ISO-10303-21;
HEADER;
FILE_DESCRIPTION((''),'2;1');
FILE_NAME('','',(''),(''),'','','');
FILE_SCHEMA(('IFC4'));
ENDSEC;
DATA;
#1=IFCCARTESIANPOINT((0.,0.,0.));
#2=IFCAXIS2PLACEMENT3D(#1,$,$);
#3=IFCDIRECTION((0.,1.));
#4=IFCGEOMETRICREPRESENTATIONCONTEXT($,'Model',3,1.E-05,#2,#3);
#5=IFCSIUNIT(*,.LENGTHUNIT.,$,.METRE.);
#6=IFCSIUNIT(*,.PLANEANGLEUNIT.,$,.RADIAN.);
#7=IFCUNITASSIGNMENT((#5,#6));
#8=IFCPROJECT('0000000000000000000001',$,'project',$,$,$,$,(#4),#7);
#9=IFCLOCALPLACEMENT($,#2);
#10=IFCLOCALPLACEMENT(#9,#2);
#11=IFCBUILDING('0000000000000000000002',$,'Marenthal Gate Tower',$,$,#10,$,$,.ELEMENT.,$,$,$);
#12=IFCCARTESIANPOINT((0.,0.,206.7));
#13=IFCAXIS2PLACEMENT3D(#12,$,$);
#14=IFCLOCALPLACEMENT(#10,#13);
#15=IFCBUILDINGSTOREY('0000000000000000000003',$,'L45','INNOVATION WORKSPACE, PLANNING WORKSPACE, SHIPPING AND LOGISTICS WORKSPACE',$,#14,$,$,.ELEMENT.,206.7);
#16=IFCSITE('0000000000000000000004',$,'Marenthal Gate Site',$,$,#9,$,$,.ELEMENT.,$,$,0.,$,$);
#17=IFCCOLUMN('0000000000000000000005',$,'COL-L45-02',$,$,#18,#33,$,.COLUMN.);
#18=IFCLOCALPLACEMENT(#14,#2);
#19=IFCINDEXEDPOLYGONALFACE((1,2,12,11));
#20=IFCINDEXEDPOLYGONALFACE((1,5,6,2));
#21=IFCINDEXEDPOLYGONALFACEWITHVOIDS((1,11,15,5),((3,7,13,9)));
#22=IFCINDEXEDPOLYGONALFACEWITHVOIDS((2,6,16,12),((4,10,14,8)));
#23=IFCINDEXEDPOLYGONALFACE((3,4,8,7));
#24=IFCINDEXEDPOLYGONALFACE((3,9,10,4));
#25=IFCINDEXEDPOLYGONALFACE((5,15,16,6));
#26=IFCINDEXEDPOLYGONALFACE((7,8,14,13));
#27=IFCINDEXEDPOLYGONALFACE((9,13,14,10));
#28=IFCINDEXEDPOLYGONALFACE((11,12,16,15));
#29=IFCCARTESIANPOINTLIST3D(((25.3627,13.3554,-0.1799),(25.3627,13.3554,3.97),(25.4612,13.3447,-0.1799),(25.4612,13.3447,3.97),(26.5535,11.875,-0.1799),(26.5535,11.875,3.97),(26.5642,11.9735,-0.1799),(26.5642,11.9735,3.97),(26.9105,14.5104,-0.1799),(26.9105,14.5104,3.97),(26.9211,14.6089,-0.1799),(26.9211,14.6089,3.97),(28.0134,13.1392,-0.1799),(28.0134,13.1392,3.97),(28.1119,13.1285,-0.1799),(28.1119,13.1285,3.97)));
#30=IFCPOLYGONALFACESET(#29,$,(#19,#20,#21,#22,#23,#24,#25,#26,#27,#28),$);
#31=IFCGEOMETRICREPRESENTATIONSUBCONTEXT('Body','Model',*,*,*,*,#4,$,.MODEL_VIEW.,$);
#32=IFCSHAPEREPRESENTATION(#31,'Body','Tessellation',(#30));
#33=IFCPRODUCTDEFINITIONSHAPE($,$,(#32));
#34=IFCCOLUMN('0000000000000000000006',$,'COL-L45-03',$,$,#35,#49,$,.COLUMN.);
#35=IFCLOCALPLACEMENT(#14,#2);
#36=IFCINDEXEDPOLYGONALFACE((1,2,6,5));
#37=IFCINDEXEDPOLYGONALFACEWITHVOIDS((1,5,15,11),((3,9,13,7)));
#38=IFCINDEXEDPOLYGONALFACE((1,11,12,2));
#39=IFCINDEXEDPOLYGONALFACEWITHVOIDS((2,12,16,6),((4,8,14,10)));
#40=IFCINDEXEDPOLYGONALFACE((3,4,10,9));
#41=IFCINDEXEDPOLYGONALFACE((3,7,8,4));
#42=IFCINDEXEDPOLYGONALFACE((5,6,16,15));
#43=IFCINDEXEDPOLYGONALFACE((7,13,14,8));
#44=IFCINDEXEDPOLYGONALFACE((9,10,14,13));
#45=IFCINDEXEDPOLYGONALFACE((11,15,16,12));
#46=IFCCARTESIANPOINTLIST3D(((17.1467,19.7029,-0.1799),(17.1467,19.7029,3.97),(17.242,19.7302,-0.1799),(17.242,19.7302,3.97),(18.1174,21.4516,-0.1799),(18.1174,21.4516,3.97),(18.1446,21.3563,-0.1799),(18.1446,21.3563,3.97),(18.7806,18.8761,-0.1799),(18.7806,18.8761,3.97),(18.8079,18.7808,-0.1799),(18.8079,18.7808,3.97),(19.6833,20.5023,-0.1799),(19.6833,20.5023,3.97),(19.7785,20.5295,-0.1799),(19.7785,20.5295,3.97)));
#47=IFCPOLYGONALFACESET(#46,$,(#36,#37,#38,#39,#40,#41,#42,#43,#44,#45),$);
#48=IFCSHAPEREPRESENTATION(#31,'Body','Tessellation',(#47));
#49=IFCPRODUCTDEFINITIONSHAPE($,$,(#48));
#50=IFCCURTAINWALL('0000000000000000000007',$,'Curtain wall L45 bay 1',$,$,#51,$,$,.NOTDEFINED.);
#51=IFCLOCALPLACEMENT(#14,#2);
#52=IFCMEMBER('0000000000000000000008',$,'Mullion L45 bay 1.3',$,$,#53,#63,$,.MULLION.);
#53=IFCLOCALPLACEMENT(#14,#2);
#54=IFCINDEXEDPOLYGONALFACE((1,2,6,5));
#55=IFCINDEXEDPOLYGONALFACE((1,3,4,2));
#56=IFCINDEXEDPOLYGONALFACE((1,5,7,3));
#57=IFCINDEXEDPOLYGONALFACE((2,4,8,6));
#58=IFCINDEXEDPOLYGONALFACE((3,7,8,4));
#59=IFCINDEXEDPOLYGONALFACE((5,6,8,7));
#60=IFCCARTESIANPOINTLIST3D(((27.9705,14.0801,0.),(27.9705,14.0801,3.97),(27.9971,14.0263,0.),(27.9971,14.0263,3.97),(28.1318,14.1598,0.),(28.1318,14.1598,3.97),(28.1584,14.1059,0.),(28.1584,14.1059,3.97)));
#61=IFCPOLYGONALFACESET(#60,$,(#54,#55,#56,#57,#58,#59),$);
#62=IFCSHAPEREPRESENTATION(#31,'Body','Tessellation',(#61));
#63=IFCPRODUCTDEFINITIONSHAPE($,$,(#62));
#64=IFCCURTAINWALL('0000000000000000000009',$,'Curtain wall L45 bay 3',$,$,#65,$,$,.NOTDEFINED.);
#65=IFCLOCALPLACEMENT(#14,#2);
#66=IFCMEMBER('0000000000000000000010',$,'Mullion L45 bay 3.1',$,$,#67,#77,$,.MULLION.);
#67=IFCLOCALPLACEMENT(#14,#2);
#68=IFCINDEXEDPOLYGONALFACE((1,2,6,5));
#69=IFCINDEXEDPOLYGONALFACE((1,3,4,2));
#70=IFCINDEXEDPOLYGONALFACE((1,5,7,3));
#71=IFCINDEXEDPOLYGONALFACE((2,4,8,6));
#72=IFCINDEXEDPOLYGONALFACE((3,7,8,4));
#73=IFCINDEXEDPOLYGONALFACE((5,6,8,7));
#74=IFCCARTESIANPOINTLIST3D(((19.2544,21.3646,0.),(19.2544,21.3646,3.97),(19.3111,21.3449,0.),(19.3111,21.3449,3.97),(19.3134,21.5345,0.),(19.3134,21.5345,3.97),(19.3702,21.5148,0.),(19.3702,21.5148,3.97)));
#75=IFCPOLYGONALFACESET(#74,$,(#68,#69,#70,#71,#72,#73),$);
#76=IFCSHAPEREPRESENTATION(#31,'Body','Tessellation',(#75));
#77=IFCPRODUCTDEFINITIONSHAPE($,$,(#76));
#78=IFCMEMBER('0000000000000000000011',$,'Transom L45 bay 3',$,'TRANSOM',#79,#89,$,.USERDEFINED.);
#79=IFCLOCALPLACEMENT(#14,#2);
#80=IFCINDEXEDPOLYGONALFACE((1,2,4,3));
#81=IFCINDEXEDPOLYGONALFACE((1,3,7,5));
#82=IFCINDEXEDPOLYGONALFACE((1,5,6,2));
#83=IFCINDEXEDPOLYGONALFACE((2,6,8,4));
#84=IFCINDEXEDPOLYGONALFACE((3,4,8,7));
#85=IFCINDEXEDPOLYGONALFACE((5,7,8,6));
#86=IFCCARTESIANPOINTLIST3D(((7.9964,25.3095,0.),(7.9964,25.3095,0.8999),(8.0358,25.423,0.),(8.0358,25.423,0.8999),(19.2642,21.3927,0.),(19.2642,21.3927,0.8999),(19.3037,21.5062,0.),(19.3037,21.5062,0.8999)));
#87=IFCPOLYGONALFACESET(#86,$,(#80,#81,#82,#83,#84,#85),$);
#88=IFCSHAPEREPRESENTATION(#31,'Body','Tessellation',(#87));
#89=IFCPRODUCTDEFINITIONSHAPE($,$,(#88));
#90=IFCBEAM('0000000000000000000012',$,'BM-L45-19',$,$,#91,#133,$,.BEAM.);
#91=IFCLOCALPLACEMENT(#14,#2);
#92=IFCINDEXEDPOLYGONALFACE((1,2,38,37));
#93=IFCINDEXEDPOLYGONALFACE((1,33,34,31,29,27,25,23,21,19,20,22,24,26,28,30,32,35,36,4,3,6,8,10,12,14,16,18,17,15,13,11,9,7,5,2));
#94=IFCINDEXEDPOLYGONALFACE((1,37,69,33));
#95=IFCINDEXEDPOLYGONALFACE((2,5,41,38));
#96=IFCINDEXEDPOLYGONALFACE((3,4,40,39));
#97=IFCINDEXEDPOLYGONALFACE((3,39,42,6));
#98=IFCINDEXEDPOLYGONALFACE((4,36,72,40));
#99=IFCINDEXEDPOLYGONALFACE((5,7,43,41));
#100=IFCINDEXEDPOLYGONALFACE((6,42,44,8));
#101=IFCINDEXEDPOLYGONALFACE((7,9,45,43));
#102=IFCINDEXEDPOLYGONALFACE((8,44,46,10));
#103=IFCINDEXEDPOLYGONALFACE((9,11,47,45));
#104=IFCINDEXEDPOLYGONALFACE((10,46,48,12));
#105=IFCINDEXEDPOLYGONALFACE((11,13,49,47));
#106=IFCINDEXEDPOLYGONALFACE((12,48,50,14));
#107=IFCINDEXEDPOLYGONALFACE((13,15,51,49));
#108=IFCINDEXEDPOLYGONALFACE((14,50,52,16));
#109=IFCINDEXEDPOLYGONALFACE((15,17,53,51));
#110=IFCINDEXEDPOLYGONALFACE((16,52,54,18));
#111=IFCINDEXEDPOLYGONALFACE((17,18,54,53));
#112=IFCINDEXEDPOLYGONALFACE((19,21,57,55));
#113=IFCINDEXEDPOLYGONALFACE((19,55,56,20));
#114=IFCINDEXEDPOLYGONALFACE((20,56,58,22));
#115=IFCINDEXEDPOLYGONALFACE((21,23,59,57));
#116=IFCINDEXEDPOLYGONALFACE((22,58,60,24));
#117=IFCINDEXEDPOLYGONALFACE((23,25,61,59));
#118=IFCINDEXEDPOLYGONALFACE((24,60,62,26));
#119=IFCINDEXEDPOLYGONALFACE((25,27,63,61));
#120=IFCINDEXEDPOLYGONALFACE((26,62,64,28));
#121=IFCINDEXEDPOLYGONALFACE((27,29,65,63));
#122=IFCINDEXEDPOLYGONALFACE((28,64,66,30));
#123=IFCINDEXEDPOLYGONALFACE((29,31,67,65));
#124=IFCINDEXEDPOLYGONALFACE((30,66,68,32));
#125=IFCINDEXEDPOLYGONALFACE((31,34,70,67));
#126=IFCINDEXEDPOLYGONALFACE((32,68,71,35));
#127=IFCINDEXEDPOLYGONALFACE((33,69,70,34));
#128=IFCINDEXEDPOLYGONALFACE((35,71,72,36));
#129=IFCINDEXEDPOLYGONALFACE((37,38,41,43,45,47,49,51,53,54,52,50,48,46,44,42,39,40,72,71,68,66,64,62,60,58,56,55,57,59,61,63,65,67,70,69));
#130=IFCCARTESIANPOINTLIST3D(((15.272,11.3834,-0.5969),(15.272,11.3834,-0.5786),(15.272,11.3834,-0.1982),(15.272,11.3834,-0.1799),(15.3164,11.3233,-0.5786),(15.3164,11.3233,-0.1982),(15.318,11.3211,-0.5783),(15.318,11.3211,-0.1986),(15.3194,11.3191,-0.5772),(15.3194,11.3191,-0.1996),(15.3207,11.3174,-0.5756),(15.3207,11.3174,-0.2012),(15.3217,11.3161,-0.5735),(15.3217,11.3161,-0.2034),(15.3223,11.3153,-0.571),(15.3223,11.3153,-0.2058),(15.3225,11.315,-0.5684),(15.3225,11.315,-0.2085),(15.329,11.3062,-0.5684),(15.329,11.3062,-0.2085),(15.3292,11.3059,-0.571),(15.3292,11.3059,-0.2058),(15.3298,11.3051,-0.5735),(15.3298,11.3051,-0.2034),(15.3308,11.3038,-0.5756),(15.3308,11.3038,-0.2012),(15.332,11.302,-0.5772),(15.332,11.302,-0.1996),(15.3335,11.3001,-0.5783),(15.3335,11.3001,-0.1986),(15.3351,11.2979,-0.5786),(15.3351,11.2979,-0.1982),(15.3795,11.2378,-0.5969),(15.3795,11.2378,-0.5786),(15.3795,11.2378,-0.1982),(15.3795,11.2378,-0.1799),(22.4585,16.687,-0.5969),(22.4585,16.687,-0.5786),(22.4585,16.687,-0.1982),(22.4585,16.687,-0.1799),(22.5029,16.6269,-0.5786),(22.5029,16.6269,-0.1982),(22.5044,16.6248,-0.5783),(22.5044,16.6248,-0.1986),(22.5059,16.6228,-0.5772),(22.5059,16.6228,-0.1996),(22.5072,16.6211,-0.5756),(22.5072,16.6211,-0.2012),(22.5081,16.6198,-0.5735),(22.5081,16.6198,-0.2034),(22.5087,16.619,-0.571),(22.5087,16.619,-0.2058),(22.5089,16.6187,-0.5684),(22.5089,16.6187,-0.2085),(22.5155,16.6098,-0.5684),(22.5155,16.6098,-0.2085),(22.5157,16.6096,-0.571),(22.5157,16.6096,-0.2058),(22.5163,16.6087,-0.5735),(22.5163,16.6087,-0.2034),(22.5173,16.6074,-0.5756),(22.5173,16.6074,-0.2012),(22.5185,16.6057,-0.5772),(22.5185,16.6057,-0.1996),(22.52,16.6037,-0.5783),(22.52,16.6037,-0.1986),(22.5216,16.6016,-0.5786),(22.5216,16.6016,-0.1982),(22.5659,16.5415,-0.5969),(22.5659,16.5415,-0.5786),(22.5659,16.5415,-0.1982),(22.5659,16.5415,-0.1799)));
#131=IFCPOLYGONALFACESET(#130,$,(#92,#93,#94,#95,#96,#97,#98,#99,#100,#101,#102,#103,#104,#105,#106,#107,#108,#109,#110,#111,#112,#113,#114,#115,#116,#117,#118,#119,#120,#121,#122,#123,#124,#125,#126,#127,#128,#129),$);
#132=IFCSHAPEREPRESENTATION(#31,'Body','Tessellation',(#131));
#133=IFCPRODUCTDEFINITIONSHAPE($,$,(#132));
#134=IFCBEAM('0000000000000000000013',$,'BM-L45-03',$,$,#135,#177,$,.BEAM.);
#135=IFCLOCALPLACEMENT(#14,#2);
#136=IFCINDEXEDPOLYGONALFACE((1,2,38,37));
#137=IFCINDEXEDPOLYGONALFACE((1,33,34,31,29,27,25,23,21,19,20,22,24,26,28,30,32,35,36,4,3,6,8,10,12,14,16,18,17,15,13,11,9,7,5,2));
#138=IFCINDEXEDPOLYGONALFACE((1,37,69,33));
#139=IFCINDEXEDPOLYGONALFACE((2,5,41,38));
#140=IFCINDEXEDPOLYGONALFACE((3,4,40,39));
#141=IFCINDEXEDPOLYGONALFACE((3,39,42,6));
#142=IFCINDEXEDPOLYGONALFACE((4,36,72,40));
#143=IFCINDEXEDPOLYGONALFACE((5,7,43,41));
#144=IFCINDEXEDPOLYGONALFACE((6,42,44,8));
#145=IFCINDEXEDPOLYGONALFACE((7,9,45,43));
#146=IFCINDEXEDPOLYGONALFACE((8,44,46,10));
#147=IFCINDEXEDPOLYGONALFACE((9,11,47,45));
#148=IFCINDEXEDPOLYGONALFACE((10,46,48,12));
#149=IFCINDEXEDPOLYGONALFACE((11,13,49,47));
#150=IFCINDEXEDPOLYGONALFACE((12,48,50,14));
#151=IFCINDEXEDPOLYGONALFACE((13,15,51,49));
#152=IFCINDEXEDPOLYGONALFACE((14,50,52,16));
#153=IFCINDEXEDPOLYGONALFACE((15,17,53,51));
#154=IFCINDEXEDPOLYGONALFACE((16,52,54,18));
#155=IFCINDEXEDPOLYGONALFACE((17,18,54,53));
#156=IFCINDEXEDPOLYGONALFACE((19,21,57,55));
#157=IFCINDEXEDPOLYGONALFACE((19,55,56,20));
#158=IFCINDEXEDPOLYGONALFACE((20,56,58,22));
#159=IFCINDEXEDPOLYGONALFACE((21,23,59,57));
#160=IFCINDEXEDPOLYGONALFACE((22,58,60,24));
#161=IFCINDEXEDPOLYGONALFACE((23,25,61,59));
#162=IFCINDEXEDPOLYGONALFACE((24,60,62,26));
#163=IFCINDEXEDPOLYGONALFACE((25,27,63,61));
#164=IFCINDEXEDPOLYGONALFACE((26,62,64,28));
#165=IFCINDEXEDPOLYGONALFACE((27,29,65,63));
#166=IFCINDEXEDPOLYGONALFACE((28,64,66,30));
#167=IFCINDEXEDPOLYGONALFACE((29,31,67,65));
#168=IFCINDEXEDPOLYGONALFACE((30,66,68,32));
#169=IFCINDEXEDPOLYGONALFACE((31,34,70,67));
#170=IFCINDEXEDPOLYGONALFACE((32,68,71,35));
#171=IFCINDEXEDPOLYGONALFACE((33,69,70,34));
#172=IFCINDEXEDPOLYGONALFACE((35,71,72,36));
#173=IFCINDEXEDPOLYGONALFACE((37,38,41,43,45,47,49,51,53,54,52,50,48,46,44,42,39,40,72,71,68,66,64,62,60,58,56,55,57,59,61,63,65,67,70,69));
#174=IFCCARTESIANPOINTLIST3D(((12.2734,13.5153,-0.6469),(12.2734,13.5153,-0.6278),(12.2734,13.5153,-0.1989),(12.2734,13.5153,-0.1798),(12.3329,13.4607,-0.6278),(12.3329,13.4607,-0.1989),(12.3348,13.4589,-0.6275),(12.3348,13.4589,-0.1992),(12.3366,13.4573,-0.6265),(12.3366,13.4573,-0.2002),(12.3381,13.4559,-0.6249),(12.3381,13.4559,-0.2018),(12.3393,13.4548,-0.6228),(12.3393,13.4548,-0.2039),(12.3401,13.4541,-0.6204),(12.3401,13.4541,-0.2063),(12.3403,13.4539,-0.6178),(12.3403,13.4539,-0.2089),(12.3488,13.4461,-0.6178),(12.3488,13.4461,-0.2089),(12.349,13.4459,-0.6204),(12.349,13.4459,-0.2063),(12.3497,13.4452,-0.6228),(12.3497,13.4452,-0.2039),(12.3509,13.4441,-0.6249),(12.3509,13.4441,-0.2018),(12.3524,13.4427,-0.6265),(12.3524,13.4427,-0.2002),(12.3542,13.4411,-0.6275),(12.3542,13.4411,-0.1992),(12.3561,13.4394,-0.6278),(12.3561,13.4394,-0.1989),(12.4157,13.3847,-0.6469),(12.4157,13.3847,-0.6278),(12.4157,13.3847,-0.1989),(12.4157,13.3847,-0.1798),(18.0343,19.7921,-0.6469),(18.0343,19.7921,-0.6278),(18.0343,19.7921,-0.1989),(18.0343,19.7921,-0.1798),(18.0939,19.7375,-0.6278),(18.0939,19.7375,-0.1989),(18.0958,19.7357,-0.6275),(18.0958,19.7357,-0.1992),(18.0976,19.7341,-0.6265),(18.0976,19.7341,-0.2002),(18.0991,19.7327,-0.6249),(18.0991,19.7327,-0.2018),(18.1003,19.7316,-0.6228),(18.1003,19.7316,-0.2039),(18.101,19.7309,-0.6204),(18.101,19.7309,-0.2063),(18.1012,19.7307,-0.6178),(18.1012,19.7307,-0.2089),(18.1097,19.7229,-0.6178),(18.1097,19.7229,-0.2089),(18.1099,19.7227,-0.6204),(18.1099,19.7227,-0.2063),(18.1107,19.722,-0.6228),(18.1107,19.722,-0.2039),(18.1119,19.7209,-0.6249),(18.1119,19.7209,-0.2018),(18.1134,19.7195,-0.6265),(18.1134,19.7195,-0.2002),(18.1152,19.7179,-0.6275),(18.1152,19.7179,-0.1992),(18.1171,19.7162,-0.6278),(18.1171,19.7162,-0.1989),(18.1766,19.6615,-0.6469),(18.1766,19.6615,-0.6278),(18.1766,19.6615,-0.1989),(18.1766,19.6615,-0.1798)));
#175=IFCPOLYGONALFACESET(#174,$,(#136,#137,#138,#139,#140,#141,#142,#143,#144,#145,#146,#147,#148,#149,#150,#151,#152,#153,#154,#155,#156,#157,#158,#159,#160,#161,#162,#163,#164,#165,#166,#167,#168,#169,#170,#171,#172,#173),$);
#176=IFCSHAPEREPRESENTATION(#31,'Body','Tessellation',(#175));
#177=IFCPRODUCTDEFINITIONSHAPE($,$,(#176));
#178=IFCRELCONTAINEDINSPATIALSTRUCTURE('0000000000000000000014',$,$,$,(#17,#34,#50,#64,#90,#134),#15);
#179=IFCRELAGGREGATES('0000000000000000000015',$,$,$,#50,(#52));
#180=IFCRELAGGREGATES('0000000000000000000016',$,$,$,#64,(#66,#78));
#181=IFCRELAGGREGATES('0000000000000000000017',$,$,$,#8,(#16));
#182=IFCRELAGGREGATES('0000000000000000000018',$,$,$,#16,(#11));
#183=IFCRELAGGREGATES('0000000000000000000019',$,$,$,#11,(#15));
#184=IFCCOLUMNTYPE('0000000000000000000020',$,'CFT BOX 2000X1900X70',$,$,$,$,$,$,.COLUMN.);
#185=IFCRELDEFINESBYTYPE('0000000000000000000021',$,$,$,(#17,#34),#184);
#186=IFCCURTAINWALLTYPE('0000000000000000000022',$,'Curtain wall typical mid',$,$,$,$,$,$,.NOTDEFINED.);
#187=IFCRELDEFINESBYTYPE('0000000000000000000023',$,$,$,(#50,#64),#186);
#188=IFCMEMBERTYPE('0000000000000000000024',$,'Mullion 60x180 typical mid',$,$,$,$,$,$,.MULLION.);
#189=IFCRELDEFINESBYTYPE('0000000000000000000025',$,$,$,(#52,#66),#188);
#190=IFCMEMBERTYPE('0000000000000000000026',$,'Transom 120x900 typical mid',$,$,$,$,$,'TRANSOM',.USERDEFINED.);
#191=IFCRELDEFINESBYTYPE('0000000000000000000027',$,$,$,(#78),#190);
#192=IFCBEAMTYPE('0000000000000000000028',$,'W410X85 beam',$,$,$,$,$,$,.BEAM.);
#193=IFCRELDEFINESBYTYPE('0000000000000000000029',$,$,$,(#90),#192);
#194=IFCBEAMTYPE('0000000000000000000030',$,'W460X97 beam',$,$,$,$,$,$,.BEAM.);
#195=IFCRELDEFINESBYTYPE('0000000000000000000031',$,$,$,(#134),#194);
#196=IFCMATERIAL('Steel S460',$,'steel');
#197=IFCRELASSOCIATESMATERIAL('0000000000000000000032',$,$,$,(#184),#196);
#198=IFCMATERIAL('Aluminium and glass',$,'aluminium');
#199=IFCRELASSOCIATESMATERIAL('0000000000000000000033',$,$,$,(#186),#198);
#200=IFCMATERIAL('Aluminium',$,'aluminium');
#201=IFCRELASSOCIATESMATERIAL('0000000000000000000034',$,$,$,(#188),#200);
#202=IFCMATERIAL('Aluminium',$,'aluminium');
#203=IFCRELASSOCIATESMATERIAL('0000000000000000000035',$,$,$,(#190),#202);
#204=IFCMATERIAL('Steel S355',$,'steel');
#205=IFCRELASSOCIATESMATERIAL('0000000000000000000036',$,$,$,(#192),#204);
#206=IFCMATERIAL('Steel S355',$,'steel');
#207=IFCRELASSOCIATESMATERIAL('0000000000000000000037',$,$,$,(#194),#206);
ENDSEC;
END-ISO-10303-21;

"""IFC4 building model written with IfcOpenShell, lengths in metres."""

from ifc_helpers import new_model, si_unit, direction, frame, origin, origin_2d, place, context, subcontext, project, spatial, rectangle, hollow_rectangle, i_section, extrude, material, material_profile, profile_set, type_object, element, aggregate, save


model = new_model("IFC4")

# Units and contexts
model_context = context("Model", 3, precision=1e-05, world=origin(), true_north=direction((0.0, 1.0)))
body_context = subcontext(model_context, "Body", "Model", "MODEL_VIEW")
ifc_project = project(units=[si_unit("LENGTHUNIT", "METRE"), si_unit("PLANEANGLEUNIT", "RADIAN")], contexts=[model_context])

# Site, building, storey
site_placement = place(None, origin())
site = spatial("IfcSite", under=ifc_project, at=site_placement, Name="Marenthal Gate Site", CompositionType="ELEMENT", RefElevation=0.0)
building_placement = place(site_placement, origin())
building = spatial("IfcBuilding", under=site, at=building_placement, Name="Marenthal Gate Tower", CompositionType="ELEMENT")
storey_placement = place(building_placement, frame((0.0, 0.0, 206.7)))
storey = spatial("IfcBuildingStorey", under=building, at=storey_placement, Name="L45", Description="INNOVATION WORKSPACE, PLANNING WORKSPACE, SHIPPING AND LOGISTICS WORKSPACE", CompositionType="ELEMENT", Elevation=206.7)

# Columns
ifc_material_1 = material(Name="Steel S460", Category="steel")
ifc_material_profile_1 = material_profile(ifc_material_1, hollow_rectangle(XDim=1.8999, YDim=2.0, WallThickness=0.0701, at=origin_2d()), Name="CFT BOX 2000X1900X70")
ifc_material_2 = material(Name="Concrete 70 MPa", Category="concrete")
ifc_material_profile_2 = material_profile(ifc_material_2, rectangle(XDim=1.76, YDim=1.8601, at=origin_2d()), Name="CFT BOX 2000X1900X70 INFILL")
ifc_profile_set_1 = profile_set([ifc_material_profile_1, ifc_material_profile_2], Name="Steel S460 shell, Concrete 70 MPa infill")
column_type = type_object("IfcColumnType", Name="CFT BOX 2000X1900X70", PredefinedType="COLUMN", material=ifc_profile_set_1)
for number, where, z_axis, x_axis, name in (
    (1, (26.7373, 13.2419, -0.1799), (0.0, 0.0, 1.0), (0.626752, -0.779219, 0.0), "COL-L45-02"),
    (2, (18.4626, 20.1162, -0.1799), (0.0, 0.0, 1.0), (0.874337, -0.485319, 0.0), "COL-L45-03"),
):
    element("IfcColumn", number, at=place(storey_placement, frame(where, z_axis=z_axis, x_axis=x_axis)), inside=storey, type_object=column_type, Name=name, PredefinedType="COLUMN", context=body_context, shape_type="SweptSolid", body=[
        extrude(hollow_rectangle(XDim=1.8999, YDim=2.0, WallThickness=0.0701, at=origin_2d()), origin(), (0.0, 0.0, 1.0), 4.1499),
    ])

# Curtain wall, member
ifc_material_3 = material(Name="Aluminium and glass", Category="aluminium")
curtain_wall_type = type_object("IfcCurtainWallType", Name="Curtain wall typical mid", PredefinedType="NOTDEFINED", material=ifc_material_3)
curtain_wall_1_placement = place(storey_placement, origin())
curtain_wall_1 = element("IfcCurtainWall", 3, at=curtain_wall_1_placement, inside=storey, type_object=curtain_wall_type, Name="Curtain wall L45 bay 1", PredefinedType="NOTDEFINED")
ifc_material_4 = material(Name="Aluminium", Category="aluminium")
ifc_material_profile_3 = material_profile(ifc_material_4, rectangle(XDim=0.1799, YDim=0.0601, at=origin_2d()), Name="60x180 aluminium mullion")
ifc_profile_set_2 = profile_set([ifc_material_profile_3], Name="Aluminium")
member_type_1 = type_object("IfcMemberType", Name="Mullion 60x180 typical mid", PredefinedType="MULLION", material=ifc_profile_set_2)
member_1_placement = place(storey_placement, frame((28.0645, 14.093, 0.0), z_axis=(0.0, 0.0, 1.0), x_axis=(-0.896716, -0.442607, 0.0)))
member_1 = element("IfcMember", 4, at=member_1_placement, type_object=member_type_1, Name="Mullion L45 bay 1.3", PredefinedType="MULLION", context=body_context, shape_type="SweptSolid", body=[
    extrude(rectangle(XDim=0.1799, YDim=0.0601, at=origin_2d()), origin(), (0.0, 0.0, 1.0), 3.97),
])
aggregate(curtain_wall_1, [member_1])

# Curtain wall, members
curtain_wall_2_placement = place(storey_placement, origin())
curtain_wall_2 = element("IfcCurtainWall", 5, at=curtain_wall_2_placement, inside=storey, type_object=curtain_wall_type, Name="Curtain wall L45 bay 3", PredefinedType="NOTDEFINED")
member_2_placement = place(storey_placement, frame((19.3123, 21.4397, 0.0), z_axis=(0.0, 0.0, 1.0), x_axis=(-0.328332, -0.944562, 0.0)))
member_2 = element("IfcMember", 6, at=member_2_placement, type_object=member_type_1, Name="Mullion L45 bay 3.1", PredefinedType="MULLION", context=body_context, shape_type="SweptSolid", body=[
    extrude(rectangle(XDim=0.1799, YDim=0.0601, at=origin_2d()), origin(), (0.0, 0.0, 1.0), 3.97),
])
ifc_material_5 = material(Name="Aluminium", Category="aluminium")
ifc_material_profile_4 = material_profile(ifc_material_5, rectangle(XDim=0.1201, YDim=0.8999, at=origin_2d()), Name="120x900 aluminium transom")
ifc_profile_set_3 = profile_set([ifc_material_profile_4], Name="Aluminium")
member_type_2 = type_object("IfcMemberType", Name="Transom 120x900 typical mid", ElementType="TRANSOM", PredefinedType="USERDEFINED", material=ifc_profile_set_3)
member_3_placement = place(storey_placement, frame((19.2839, 21.4495, 0.45), z_axis=(-0.944562, 0.328334, 0.0), x_axis=(-0.328334, -0.944562, 0.0)))
member_3 = element("IfcMember", 7, at=member_3_placement, type_object=member_type_2, Name="Transom L45 bay 3", ObjectType="TRANSOM", PredefinedType="USERDEFINED", context=body_context, shape_type="SweptSolid", body=[
    extrude(rectangle(XDim=0.1201, YDim=0.8999, at=origin_2d()), origin(), (0.0, 0.0, 1.0), 11.9292),
])

# Beams
ifc_material_6 = material(Name="Steel S355", Category="steel")
ifc_material_profile_5 = material_profile(ifc_material_6, i_section(OverallWidth=0.1809, OverallDepth=0.417, WebThickness=0.011, FlangeThickness=0.0183, FilletRadius=0.0103, at=origin_2d()), Name="W410X85")
ifc_profile_set_4 = profile_set([ifc_material_profile_5], Name="Steel S355")
beam_type_1 = type_object("IfcBeamType", Name="W410X85 beam", PredefinedType="BEAM", material=ifc_profile_set_4)
beam_1_placement = place(storey_placement, frame((22.5122, 16.6143, -0.3884), z_axis=(-0.804608, -0.593807, 0.0), x_axis=(0.593807, -0.804608, 0.0)))
element("IfcBeam", 8, at=beam_1_placement, inside=storey, type_object=beam_type_1, Name="BM-L45-19", PredefinedType="BEAM", context=body_context, shape_type="SweptSolid", body=[
    extrude(i_section(OverallWidth=0.1809, OverallDepth=0.417, WebThickness=0.011, FlangeThickness=0.0183, FilletRadius=0.0103, at=origin_2d()), origin(), (0.0, 0.0, 1.0), 8.9316),
])
ifc_material_7 = material(Name="Steel S355", Category="steel")
ifc_material_profile_6 = material_profile(ifc_material_7, i_section(OverallWidth=0.1931, OverallDepth=0.467, WebThickness=0.0115, FlangeThickness=0.019, FilletRadius=0.01, at=origin_2d()), Name="W460X97")
ifc_profile_set_5 = profile_set([ifc_material_profile_6], Name="Steel S355")
beam_type_2 = type_object("IfcBeamType", Name="W460X97 beam", PredefinedType="BEAM", material=ifc_profile_set_5)
beam_2_placement = place(storey_placement, frame((18.1055, 19.7268, -0.4133), z_axis=(-0.676184, -0.736733, 0.0), x_axis=(0.736733, -0.676184, 0.0)))
element("IfcBeam", 9, at=beam_2_placement, inside=storey, type_object=beam_type_2, Name="BM-L45-03", PredefinedType="BEAM", context=body_context, shape_type="SweptSolid", body=[
    extrude(i_section(OverallWidth=0.1931, OverallDepth=0.467, WebThickness=0.0115, FlangeThickness=0.019, FilletRadius=0.01, at=origin_2d()), origin(), (0.0, 0.0, 1.0), 8.5198),
])

aggregate(curtain_wall_2, [member_2, member_3])

save(model, "model.ifc")
